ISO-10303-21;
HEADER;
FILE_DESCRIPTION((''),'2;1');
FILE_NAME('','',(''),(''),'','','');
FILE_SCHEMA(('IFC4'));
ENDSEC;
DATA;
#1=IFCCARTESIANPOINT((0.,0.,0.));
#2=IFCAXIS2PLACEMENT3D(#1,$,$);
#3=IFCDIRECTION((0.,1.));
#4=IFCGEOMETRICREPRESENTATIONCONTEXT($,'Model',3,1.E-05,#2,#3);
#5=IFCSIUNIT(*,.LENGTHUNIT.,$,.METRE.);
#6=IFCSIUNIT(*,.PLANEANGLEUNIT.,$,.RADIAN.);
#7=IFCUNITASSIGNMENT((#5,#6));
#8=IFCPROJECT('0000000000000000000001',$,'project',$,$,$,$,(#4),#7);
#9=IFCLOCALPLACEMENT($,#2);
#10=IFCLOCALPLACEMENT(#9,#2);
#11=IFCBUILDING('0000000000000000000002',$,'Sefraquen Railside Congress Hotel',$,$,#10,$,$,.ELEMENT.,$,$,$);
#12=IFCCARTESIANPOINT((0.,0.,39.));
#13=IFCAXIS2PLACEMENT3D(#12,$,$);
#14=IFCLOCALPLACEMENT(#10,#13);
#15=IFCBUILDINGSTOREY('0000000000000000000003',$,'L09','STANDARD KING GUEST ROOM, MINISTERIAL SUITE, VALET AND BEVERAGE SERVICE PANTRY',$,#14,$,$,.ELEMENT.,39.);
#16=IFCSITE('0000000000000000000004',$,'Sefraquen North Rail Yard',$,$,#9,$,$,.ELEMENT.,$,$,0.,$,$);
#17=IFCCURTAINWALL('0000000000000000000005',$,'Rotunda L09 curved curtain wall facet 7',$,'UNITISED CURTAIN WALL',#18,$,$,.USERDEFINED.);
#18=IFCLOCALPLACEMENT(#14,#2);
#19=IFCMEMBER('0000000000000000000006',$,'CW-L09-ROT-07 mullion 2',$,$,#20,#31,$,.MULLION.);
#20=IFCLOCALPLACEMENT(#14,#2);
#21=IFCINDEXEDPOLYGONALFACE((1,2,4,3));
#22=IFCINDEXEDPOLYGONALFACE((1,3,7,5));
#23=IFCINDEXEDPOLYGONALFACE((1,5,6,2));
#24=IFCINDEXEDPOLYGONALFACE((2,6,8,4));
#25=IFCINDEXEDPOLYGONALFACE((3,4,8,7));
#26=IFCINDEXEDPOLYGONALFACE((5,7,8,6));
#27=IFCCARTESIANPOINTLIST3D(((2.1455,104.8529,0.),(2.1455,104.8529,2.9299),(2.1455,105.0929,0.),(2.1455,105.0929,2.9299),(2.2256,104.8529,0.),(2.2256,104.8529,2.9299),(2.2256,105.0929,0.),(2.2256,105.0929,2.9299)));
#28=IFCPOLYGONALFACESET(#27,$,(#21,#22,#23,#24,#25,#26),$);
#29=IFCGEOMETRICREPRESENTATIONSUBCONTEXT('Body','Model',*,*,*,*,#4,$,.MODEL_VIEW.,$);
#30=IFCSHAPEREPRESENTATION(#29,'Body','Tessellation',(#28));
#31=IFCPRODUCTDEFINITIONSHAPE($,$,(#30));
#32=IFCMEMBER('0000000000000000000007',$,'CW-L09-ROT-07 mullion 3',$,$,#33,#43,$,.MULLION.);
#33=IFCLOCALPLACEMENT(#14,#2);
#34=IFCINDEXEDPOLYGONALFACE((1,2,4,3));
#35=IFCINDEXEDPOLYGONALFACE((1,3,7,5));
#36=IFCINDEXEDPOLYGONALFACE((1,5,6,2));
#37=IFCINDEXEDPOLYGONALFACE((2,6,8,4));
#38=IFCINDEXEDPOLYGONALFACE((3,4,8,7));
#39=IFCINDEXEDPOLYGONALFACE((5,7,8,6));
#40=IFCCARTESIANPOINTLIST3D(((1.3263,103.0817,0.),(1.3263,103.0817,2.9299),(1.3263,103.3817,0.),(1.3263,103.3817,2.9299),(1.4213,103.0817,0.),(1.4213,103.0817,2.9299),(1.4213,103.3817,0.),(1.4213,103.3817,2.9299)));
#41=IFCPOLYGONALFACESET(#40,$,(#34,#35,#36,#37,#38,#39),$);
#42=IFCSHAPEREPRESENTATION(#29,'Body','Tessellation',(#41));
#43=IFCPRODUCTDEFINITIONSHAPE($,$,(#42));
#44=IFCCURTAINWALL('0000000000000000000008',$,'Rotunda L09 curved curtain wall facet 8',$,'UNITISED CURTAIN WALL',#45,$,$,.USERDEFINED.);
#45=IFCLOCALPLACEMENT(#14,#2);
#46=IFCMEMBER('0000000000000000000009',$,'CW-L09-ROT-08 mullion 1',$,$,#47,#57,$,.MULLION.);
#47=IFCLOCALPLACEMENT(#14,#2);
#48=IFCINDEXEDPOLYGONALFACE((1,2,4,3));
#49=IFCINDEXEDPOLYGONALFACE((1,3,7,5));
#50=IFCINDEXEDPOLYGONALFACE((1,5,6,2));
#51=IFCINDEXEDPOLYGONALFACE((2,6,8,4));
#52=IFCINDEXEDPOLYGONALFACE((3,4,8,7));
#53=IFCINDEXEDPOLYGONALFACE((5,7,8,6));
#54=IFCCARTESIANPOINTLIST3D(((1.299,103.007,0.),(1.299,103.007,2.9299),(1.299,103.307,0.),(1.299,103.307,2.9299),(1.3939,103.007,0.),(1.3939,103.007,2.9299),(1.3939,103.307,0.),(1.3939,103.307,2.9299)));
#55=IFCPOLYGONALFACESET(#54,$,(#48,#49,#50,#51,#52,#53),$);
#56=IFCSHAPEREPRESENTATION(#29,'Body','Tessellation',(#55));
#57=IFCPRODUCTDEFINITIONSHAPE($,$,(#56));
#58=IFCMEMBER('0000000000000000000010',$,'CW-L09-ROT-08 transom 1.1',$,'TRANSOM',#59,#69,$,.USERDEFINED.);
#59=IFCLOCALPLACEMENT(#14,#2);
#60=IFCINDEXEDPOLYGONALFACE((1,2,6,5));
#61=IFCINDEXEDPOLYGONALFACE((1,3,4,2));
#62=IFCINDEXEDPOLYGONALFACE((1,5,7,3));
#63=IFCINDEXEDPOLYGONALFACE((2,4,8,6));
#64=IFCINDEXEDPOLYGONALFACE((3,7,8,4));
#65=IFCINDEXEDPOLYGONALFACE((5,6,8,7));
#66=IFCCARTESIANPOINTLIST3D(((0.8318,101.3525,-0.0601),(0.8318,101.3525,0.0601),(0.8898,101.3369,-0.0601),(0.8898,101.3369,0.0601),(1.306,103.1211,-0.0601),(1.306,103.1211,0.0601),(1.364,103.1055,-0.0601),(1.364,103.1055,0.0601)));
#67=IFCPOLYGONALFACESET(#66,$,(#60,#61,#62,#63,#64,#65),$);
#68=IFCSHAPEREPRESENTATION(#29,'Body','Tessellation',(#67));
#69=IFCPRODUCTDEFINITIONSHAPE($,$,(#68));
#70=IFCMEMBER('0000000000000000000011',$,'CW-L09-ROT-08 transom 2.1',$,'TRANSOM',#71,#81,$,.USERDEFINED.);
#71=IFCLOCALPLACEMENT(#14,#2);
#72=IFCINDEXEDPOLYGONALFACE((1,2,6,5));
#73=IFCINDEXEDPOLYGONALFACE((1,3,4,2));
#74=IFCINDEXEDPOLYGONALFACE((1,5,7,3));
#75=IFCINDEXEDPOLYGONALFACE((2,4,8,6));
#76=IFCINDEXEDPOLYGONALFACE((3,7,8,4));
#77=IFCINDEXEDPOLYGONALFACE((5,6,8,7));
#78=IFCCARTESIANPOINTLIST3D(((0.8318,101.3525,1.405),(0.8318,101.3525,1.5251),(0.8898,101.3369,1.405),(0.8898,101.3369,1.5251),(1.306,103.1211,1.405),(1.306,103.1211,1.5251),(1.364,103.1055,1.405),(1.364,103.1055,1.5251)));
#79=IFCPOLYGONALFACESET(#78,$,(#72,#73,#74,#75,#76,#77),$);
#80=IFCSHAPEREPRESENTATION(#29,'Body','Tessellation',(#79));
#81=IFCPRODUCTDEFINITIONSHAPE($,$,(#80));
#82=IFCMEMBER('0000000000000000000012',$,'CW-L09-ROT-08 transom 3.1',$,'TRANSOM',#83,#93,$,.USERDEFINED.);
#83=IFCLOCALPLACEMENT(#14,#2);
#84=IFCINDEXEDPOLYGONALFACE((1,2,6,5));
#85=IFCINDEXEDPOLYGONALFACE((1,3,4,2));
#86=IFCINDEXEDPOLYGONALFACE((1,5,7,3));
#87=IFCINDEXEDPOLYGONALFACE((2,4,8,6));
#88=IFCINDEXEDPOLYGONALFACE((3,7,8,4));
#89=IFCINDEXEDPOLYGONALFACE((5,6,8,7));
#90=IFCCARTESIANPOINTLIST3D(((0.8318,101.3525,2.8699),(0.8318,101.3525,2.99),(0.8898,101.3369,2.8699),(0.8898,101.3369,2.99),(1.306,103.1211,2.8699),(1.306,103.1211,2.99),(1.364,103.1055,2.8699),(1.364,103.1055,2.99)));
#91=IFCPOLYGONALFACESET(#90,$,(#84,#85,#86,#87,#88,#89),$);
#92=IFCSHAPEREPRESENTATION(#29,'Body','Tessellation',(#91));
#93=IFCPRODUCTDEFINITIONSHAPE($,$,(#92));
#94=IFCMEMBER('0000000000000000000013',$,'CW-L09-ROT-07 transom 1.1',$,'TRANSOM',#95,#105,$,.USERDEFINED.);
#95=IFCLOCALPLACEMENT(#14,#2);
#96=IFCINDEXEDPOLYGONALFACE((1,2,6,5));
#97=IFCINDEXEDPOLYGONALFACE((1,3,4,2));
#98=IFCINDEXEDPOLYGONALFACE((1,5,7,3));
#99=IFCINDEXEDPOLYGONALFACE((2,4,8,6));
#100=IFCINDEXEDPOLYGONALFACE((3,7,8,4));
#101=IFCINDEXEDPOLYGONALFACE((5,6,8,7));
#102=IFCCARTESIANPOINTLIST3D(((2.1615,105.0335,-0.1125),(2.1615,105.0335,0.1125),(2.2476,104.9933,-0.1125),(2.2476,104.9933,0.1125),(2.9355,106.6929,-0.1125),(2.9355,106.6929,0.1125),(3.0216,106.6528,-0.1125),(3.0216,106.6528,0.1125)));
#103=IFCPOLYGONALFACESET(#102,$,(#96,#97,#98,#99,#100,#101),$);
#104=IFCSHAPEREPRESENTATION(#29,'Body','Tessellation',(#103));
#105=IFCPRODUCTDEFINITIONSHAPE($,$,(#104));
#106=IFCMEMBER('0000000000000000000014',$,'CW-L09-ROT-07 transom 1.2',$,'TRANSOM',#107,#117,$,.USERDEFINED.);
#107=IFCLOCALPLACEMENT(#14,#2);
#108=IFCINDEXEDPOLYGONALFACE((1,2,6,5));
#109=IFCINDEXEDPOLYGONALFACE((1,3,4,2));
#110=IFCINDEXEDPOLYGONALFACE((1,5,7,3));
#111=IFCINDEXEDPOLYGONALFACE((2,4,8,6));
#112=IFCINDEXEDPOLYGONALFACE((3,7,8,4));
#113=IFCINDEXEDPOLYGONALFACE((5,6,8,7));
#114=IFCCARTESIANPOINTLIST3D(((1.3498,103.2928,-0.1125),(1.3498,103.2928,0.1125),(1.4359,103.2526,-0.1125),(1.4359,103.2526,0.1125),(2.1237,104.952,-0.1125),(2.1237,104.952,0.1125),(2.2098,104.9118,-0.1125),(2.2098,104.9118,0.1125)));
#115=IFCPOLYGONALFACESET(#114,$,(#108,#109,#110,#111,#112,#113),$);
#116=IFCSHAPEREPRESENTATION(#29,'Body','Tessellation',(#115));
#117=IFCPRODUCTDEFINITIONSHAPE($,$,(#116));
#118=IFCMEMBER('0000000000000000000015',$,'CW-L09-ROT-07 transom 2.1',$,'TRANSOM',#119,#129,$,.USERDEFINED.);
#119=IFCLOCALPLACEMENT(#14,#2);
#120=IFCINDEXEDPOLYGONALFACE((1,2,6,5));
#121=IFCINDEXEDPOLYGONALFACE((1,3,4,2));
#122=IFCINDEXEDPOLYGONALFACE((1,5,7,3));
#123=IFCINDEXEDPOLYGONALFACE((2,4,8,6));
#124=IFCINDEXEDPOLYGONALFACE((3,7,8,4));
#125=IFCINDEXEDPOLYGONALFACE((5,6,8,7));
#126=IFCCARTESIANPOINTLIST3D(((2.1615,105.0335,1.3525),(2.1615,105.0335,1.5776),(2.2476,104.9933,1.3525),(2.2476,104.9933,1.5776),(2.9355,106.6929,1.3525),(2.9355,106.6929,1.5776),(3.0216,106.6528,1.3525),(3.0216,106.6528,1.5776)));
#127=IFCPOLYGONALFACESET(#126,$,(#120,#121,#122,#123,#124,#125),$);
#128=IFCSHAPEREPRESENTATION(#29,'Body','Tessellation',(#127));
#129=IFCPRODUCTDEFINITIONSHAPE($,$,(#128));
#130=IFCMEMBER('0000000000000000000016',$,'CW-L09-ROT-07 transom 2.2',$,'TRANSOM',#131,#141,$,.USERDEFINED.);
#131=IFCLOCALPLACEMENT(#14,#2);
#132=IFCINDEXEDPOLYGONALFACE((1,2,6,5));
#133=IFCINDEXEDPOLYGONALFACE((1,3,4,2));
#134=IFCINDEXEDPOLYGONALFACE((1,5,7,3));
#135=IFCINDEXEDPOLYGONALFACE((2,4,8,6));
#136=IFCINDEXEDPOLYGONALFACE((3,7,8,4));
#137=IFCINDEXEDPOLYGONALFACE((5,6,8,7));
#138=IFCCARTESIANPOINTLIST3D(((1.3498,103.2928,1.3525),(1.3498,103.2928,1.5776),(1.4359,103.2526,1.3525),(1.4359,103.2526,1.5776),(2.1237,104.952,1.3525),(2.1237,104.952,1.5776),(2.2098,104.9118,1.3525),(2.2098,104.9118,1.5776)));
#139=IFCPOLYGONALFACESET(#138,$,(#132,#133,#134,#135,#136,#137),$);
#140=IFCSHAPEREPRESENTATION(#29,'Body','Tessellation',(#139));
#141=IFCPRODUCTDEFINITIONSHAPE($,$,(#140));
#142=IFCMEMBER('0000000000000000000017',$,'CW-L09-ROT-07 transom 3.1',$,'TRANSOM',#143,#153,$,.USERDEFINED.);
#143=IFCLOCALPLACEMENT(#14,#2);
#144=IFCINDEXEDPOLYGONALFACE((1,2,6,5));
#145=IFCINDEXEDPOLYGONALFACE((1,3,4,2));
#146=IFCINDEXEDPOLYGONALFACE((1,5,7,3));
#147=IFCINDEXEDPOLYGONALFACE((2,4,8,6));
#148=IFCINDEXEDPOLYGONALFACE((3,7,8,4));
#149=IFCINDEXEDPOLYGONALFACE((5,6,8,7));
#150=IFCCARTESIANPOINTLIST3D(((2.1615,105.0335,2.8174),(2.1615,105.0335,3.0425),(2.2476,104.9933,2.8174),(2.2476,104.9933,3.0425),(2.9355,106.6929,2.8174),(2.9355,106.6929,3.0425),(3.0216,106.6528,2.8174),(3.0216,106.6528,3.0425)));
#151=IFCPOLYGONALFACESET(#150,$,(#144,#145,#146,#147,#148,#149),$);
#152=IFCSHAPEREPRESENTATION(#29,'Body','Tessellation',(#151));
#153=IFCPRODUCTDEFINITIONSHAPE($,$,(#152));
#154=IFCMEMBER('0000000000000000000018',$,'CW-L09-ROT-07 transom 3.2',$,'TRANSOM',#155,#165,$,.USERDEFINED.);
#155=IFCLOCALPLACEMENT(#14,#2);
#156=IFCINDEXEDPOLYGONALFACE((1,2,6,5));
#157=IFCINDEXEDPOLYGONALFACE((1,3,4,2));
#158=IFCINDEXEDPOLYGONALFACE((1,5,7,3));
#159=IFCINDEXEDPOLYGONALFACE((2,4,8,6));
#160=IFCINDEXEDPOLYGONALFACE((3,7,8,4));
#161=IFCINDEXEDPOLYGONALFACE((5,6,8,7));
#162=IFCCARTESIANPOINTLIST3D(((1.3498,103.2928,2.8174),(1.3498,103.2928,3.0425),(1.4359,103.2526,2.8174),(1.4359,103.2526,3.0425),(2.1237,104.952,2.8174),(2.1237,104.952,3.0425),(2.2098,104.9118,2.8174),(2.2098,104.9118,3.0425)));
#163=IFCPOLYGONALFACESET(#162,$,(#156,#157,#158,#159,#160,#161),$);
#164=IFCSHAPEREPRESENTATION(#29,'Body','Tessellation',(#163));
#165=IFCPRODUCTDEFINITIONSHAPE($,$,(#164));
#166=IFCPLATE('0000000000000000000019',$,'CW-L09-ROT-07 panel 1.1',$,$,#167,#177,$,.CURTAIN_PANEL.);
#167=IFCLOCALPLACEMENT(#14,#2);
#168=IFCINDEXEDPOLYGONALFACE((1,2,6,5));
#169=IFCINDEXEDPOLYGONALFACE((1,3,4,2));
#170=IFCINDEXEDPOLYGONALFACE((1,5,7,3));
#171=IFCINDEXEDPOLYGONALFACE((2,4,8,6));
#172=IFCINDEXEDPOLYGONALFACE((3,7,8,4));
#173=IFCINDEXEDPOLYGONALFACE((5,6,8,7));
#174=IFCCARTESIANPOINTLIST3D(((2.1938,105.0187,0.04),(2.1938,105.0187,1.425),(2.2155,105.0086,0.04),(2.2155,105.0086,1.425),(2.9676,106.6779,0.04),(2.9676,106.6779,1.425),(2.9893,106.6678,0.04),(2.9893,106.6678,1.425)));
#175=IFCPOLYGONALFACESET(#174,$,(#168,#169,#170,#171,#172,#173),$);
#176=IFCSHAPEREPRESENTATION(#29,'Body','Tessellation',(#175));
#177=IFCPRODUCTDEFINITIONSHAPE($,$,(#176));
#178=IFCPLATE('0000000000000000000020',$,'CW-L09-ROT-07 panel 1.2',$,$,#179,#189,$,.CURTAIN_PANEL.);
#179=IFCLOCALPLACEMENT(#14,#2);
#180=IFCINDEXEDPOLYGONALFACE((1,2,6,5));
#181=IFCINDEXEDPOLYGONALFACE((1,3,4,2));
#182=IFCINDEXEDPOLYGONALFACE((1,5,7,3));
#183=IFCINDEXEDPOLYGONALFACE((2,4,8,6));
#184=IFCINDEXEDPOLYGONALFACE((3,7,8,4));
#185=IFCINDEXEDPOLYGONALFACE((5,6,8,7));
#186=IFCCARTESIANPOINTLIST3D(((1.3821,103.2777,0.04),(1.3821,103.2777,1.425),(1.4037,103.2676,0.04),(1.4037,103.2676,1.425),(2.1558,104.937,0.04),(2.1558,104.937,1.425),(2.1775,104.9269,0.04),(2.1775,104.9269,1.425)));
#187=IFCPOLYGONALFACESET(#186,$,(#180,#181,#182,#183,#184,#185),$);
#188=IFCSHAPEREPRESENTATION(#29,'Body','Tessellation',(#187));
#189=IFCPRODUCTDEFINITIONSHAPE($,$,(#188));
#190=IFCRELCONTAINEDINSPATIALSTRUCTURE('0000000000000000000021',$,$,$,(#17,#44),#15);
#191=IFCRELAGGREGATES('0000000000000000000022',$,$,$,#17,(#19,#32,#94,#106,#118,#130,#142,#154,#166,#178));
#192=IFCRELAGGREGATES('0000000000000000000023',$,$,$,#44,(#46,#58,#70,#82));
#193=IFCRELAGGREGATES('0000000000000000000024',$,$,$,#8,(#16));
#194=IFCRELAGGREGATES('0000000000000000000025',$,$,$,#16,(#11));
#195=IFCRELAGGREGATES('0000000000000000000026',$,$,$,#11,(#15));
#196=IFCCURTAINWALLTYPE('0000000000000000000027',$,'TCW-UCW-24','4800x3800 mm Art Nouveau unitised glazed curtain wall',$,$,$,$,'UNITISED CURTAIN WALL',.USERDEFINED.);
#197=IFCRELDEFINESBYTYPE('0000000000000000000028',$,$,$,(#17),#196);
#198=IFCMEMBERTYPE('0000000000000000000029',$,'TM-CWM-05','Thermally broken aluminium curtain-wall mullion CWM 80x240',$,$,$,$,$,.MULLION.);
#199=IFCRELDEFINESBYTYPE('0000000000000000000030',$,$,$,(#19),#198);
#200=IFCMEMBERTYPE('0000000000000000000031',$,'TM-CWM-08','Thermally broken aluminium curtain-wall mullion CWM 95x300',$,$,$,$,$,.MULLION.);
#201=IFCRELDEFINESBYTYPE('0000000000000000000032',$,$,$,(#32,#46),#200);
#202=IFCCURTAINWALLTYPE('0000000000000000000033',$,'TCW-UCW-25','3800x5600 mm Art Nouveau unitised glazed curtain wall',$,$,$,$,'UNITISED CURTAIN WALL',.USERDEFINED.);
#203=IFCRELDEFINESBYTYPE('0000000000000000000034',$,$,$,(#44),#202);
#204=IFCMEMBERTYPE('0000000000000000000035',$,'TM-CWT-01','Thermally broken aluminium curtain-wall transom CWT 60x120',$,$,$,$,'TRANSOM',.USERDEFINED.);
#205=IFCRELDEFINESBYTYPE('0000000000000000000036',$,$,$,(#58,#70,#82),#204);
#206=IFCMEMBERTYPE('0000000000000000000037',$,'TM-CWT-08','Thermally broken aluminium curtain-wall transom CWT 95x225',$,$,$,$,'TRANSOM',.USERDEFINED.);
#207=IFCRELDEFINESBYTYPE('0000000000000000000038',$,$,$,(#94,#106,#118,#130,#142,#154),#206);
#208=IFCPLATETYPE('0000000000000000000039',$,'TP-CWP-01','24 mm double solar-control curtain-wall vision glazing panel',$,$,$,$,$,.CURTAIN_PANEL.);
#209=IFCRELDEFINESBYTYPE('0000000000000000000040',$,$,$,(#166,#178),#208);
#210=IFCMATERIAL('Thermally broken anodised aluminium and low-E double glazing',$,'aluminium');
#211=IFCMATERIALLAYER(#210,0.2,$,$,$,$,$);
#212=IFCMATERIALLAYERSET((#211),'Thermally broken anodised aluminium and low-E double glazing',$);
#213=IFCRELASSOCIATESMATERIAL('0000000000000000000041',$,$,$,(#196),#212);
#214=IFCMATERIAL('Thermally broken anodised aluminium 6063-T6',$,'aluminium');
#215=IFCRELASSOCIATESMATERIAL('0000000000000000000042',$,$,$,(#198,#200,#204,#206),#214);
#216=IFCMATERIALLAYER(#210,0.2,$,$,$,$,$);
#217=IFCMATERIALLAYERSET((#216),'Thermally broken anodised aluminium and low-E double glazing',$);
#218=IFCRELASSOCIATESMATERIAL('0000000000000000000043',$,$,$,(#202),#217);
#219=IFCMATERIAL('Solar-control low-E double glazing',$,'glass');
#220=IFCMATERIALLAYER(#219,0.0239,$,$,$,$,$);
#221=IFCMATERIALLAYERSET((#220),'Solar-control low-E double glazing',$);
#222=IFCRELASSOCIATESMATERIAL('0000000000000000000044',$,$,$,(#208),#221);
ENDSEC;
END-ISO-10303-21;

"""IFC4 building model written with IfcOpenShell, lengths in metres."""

from ifc_helpers import new_model, si_unit, direction, frame, origin, origin_2d, place, context, subcontext, project, spatial, rectangle, extrude, material, layer, layer_set, material_profile, profile_set, type_object, element, aggregate, save


model = new_model("IFC4")

# Units and contexts
model_context = context("Model", 3, precision=1e-05, world=origin(), true_north=direction((0.0, 1.0)))
body_context = subcontext(model_context, "Body", "Model", "MODEL_VIEW")
ifc_project = project(units=[si_unit("LENGTHUNIT", "METRE"), si_unit("PLANEANGLEUNIT", "RADIAN")], contexts=[model_context])

# Site, building, storey
site_placement = place(None, origin())
site = spatial("IfcSite", under=ifc_project, at=site_placement, Name="Sefraquen North Rail Yard", CompositionType="ELEMENT", RefElevation=0.0)
building_placement = place(site_placement, origin())
building = spatial("IfcBuilding", under=site, at=building_placement, Name="Sefraquen Railside Congress Hotel", CompositionType="ELEMENT")
storey_placement = place(building_placement, frame((0.0, 0.0, 39.0)))
storey = spatial("IfcBuildingStorey", under=building, at=storey_placement, Name="L09", Description="STANDARD KING GUEST ROOM, MINISTERIAL SUITE, VALET AND BEVERAGE SERVICE PANTRY", CompositionType="ELEMENT", Elevation=39.0)

# Curtain walls, members
ifc_material_1 = material(Name="Thermally broken anodised aluminium and low-E double glazing", Category="aluminium")
ifc_layer_1 = layer(ifc_material_1, 0.2)
ifc_layer_set_1 = layer_set([ifc_layer_1], Name="Thermally broken anodised aluminium and low-E double glazing")
curtain_wall_type_1 = type_object("IfcCurtainWallType", Name="TCW-UCW-24", Description="4800x3800 mm Art Nouveau unitised glazed curtain wall", ElementType="UNITISED CURTAIN WALL", PredefinedType="USERDEFINED", material=ifc_layer_set_1)
curtain_wall_1_placement = place(storey_placement, origin())
curtain_wall_1 = element("IfcCurtainWall", 1, at=curtain_wall_1_placement, inside=storey, type_object=curtain_wall_type_1, Name="Rotunda L09 curved curtain wall facet 7", ObjectType="UNITISED CURTAIN WALL", PredefinedType="USERDEFINED")
ifc_material_2 = material(Name="Thermally broken anodised aluminium 6063-T6", Category="aluminium")
ifc_material_profile_1 = material_profile(ifc_material_2, rectangle(XDim=0.0801, YDim=0.24, at=origin_2d()), Name="CWM 80x240")
ifc_profile_set_1 = profile_set([ifc_material_profile_1], Name="Thermally broken anodised aluminium 6063-T6")
member_type_1 = type_object("IfcMemberType", Name="TM-CWM-05", Description="Thermally broken aluminium curtain-wall mullion CWM 80x240", PredefinedType="MULLION", material=ifc_profile_set_1)
member_1_placement = place(storey_placement, frame((2.1855, 104.9729, 0.0), z_axis=(0.0, 0.0, 1.0), x_axis=(1.0, 0.0, 0.0)))
member_1 = element("IfcMember", 2, at=member_1_placement, type_object=member_type_1, Name="CW-L09-ROT-07 mullion 2", PredefinedType="MULLION", context=body_context, shape_type="SweptSolid", body=[
    extrude(rectangle(XDim=0.0801, YDim=0.24, at=origin_2d()), origin(), (0.0, 0.0, 1.0), 2.9299),
])
ifc_material_profile_2 = material_profile(ifc_material_2, rectangle(XDim=0.095, YDim=0.3, at=origin_2d()), Name="CWM 95x300")
ifc_profile_set_2 = profile_set([ifc_material_profile_2], Name="Thermally broken anodised aluminium 6063-T6")
member_type_2 = type_object("IfcMemberType", Name="TM-CWM-08", Description="Thermally broken aluminium curtain-wall mullion CWM 95x300", PredefinedType="MULLION", material=ifc_profile_set_2)
member_2_placement = place(storey_placement, frame((1.3738, 103.2317, 0.0), z_axis=(0.0, 0.0, 1.0), x_axis=(1.0, 0.0, 0.0)))
member_2 = element("IfcMember", 3, at=member_2_placement, type_object=member_type_2, Name="CW-L09-ROT-07 mullion 3", PredefinedType="MULLION", context=body_context, shape_type="SweptSolid", body=[
    extrude(rectangle(XDim=0.095, YDim=0.3, at=origin_2d()), origin(), (0.0, 0.0, 1.0), 2.9299),
])
ifc_layer_2 = layer(ifc_material_1, 0.2)
ifc_layer_set_2 = layer_set([ifc_layer_2], Name="Thermally broken anodised aluminium and low-E double glazing")
curtain_wall_type_2 = type_object("IfcCurtainWallType", Name="TCW-UCW-25", Description="3800x5600 mm Art Nouveau unitised glazed curtain wall", ElementType="UNITISED CURTAIN WALL", PredefinedType="USERDEFINED", material=ifc_layer_set_2)
curtain_wall_2_placement = place(storey_placement, origin())
curtain_wall_2 = element("IfcCurtainWall", 4, at=curtain_wall_2_placement, inside=storey, type_object=curtain_wall_type_2, Name="Rotunda L09 curved curtain wall facet 8", ObjectType="UNITISED CURTAIN WALL", PredefinedType="USERDEFINED")
member_3_placement = place(storey_placement, frame((1.3464, 103.157, 0.0), z_axis=(0.0, 0.0, 1.0), x_axis=(1.0, 0.0, 0.0)))
member_3 = element("IfcMember", 5, at=member_3_placement, type_object=member_type_2, Name="CW-L09-ROT-08 mullion 1", PredefinedType="MULLION", context=body_context, shape_type="SweptSolid", body=[
    extrude(rectangle(XDim=0.095, YDim=0.3, at=origin_2d()), origin(), (0.0, 0.0, 1.0), 2.9299),
])
ifc_material_profile_3 = material_profile(ifc_material_2, rectangle(XDim=0.0601, YDim=0.1201, at=origin_2d()), Name="CWT 60x120")
ifc_profile_set_3 = profile_set([ifc_material_profile_3], Name="Thermally broken anodised aluminium 6063-T6")
member_type_3 = type_object("IfcMemberType", Name="TM-CWT-01", Description="Thermally broken aluminium curtain-wall transom CWT 60x120", ElementType="TRANSOM", PredefinedType="USERDEFINED", material=ifc_profile_set_3)
member_4_placement = place(storey_placement, frame((1.335, 103.1133, 0.0), z_axis=(-0.25894, -0.965893, 0.0), x_axis=(0.965893, -0.25894, 0.0)))
member_4 = element("IfcMember", 6, at=member_4_placement, type_object=member_type_3, Name="CW-L09-ROT-08 transom 1.1", ObjectType="TRANSOM", PredefinedType="USERDEFINED", context=body_context, shape_type="SweptSolid", body=[
    extrude(rectangle(XDim=0.0601, YDim=0.1201, at=origin_2d()), origin(), (0.0, 0.0, 1.0), 1.8311),
])
member_5_placement = place(storey_placement, frame((1.335, 103.1133, 1.4651), z_axis=(-0.25894, -0.965893, 0.0), x_axis=(0.965893, -0.25894, 0.0)))
member_5 = element("IfcMember", 7, at=member_5_placement, type_object=member_type_3, Name="CW-L09-ROT-08 transom 2.1", ObjectType="TRANSOM", PredefinedType="USERDEFINED", context=body_context, shape_type="SweptSolid", body=[
    extrude(rectangle(XDim=0.0601, YDim=0.1201, at=origin_2d()), origin(), (0.0, 0.0, 1.0), 1.8311),
])
member_6_placement = place(storey_placement, frame((1.335, 103.1133, 2.9299), z_axis=(-0.25894, -0.965893, 0.0), x_axis=(0.965893, -0.25894, 0.0)))
member_6 = element("IfcMember", 8, at=member_6_placement, type_object=member_type_3, Name="CW-L09-ROT-08 transom 3.1", ObjectType="TRANSOM", PredefinedType="USERDEFINED", context=body_context, shape_type="SweptSolid", body=[
    extrude(rectangle(XDim=0.0601, YDim=0.1201, at=origin_2d()), origin(), (0.0, 0.0, 1.0), 1.8311),
])

# Members
ifc_material_profile_4 = material_profile(ifc_material_2, rectangle(XDim=0.095, YDim=0.2251, at=origin_2d()), Name="CWT 95x225")
ifc_profile_set_4 = profile_set([ifc_material_profile_4], Name="Thermally broken anodised aluminium 6063-T6")
member_type_4 = type_object("IfcMemberType", Name="TM-CWT-08", Description="Thermally broken aluminium curtain-wall transom CWT 95x225", ElementType="TRANSOM", PredefinedType="USERDEFINED", material=ifc_profile_set_4)
member_7_placement = place(storey_placement, frame((2.9785, 106.6729, 0.0), z_axis=(-0.422674, -0.906282, 0.0), x_axis=(0.906282, -0.422674, 0.0)))
member_7 = element("IfcMember", 9, at=member_7_placement, type_object=member_type_4, Name="CW-L09-ROT-07 transom 1.1", ObjectType="TRANSOM", PredefinedType="USERDEFINED", context=body_context, shape_type="SweptSolid", body=[
    extrude(rectangle(XDim=0.095, YDim=0.2251, at=origin_2d()), origin(), (0.0, 0.0, 1.0), 1.8311),
])
member_8_placement = place(storey_placement, frame((2.1667, 104.9319, 0.0), z_axis=(-0.422725, -0.906258, 0.0), x_axis=(0.906258, -0.422725, 0.0)))
member_8 = element("IfcMember", 10, at=member_8_placement, type_object=member_type_4, Name="CW-L09-ROT-07 transom 1.2", ObjectType="TRANSOM", PredefinedType="USERDEFINED", context=body_context, shape_type="SweptSolid", body=[
    extrude(rectangle(XDim=0.095, YDim=0.2251, at=origin_2d()), origin(), (0.0, 0.0, 1.0), 1.8308),
])
member_9_placement = place(storey_placement, frame((2.9785, 106.6729, 1.4651), z_axis=(-0.422674, -0.906282, 0.0), x_axis=(0.906282, -0.422674, 0.0)))
member_9 = element("IfcMember", 11, at=member_9_placement, type_object=member_type_4, Name="CW-L09-ROT-07 transom 2.1", ObjectType="TRANSOM", PredefinedType="USERDEFINED", context=body_context, shape_type="SweptSolid", body=[
    extrude(rectangle(XDim=0.095, YDim=0.2251, at=origin_2d()), origin(), (0.0, 0.0, 1.0), 1.8311),
])
member_10_placement = place(storey_placement, frame((2.1667, 104.9319, 1.4651), z_axis=(-0.422725, -0.906258, 0.0), x_axis=(0.906258, -0.422725, 0.0)))
member_10 = element("IfcMember", 12, at=member_10_placement, type_object=member_type_4, Name="CW-L09-ROT-07 transom 2.2", ObjectType="TRANSOM", PredefinedType="USERDEFINED", context=body_context, shape_type="SweptSolid", body=[
    extrude(rectangle(XDim=0.095, YDim=0.2251, at=origin_2d()), origin(), (0.0, 0.0, 1.0), 1.8308),
])
member_11_placement = place(storey_placement, frame((2.9785, 106.6729, 2.9299), z_axis=(-0.422674, -0.906282, 0.0), x_axis=(0.906282, -0.422674, 0.0)))
member_11 = element("IfcMember", 13, at=member_11_placement, type_object=member_type_4, Name="CW-L09-ROT-07 transom 3.1", ObjectType="TRANSOM", PredefinedType="USERDEFINED", context=body_context, shape_type="SweptSolid", body=[
    extrude(rectangle(XDim=0.095, YDim=0.2251, at=origin_2d()), origin(), (0.0, 0.0, 1.0), 1.8311),
])
member_12_placement = place(storey_placement, frame((2.1667, 104.9319, 2.9299), z_axis=(-0.422725, -0.906258, 0.0), x_axis=(0.906258, -0.422725, 0.0)))
member_12 = element("IfcMember", 14, at=member_12_placement, type_object=member_type_4, Name="CW-L09-ROT-07 transom 3.2", ObjectType="TRANSOM", PredefinedType="USERDEFINED", context=body_context, shape_type="SweptSolid", body=[
    extrude(rectangle(XDim=0.095, YDim=0.2251, at=origin_2d()), origin(), (0.0, 0.0, 1.0), 1.8308),
])

# Plates
ifc_material_3 = material(Name="Solar-control low-E double glazing", Category="glass")
ifc_layer_3 = layer(ifc_material_3, 0.0239)
ifc_layer_set_3 = layer_set([ifc_layer_3], Name="Solar-control low-E double glazing")
plate_type_1 = type_object("IfcPlateType", Name="TP-CWP-01", Description="24 mm double solar-control curtain-wall vision glazing panel", PredefinedType="CURTAIN_PANEL", material=ifc_layer_set_3)
plate_1_placement = place(storey_placement, frame((2.5916, 105.8433, 0.04), z_axis=(0.0, 0.0, 1.0), x_axis=(-0.422634, -0.9063, 0.0)))
plate_1 = element("IfcPlate", 15, at=plate_1_placement, type_object=plate_type_1, Name="CW-L09-ROT-07 panel 1.1", PredefinedType="CURTAIN_PANEL", context=body_context, shape_type="SweptSolid", body=[
    extrude(rectangle(XDim=1.8308, YDim=0.0239, at=origin_2d()), origin(), (0.0, 0.0, 1.0), 1.385),
])
plate_2_placement = place(storey_placement, frame((1.7798, 104.1023, 0.04), z_axis=(0.0, 0.0, 1.0), x_axis=(-0.422634, -0.9063, 0.0)))
plate_2 = element("IfcPlate", 16, at=plate_2_placement, type_object=plate_type_1, Name="CW-L09-ROT-07 panel 1.2", PredefinedType="CURTAIN_PANEL", context=body_context, shape_type="SweptSolid", body=[
    extrude(rectangle(XDim=1.8308, YDim=0.0239, at=origin_2d()), origin(), (0.0, 0.0, 1.0), 1.385),
])
aggregate(curtain_wall_1, [member_1, member_2, member_7, member_8, member_9, member_10, member_11, member_12, plate_1, plate_2])
aggregate(curtain_wall_2, [member_3, member_4, member_5, member_6])

save(model, "model.ifc")
